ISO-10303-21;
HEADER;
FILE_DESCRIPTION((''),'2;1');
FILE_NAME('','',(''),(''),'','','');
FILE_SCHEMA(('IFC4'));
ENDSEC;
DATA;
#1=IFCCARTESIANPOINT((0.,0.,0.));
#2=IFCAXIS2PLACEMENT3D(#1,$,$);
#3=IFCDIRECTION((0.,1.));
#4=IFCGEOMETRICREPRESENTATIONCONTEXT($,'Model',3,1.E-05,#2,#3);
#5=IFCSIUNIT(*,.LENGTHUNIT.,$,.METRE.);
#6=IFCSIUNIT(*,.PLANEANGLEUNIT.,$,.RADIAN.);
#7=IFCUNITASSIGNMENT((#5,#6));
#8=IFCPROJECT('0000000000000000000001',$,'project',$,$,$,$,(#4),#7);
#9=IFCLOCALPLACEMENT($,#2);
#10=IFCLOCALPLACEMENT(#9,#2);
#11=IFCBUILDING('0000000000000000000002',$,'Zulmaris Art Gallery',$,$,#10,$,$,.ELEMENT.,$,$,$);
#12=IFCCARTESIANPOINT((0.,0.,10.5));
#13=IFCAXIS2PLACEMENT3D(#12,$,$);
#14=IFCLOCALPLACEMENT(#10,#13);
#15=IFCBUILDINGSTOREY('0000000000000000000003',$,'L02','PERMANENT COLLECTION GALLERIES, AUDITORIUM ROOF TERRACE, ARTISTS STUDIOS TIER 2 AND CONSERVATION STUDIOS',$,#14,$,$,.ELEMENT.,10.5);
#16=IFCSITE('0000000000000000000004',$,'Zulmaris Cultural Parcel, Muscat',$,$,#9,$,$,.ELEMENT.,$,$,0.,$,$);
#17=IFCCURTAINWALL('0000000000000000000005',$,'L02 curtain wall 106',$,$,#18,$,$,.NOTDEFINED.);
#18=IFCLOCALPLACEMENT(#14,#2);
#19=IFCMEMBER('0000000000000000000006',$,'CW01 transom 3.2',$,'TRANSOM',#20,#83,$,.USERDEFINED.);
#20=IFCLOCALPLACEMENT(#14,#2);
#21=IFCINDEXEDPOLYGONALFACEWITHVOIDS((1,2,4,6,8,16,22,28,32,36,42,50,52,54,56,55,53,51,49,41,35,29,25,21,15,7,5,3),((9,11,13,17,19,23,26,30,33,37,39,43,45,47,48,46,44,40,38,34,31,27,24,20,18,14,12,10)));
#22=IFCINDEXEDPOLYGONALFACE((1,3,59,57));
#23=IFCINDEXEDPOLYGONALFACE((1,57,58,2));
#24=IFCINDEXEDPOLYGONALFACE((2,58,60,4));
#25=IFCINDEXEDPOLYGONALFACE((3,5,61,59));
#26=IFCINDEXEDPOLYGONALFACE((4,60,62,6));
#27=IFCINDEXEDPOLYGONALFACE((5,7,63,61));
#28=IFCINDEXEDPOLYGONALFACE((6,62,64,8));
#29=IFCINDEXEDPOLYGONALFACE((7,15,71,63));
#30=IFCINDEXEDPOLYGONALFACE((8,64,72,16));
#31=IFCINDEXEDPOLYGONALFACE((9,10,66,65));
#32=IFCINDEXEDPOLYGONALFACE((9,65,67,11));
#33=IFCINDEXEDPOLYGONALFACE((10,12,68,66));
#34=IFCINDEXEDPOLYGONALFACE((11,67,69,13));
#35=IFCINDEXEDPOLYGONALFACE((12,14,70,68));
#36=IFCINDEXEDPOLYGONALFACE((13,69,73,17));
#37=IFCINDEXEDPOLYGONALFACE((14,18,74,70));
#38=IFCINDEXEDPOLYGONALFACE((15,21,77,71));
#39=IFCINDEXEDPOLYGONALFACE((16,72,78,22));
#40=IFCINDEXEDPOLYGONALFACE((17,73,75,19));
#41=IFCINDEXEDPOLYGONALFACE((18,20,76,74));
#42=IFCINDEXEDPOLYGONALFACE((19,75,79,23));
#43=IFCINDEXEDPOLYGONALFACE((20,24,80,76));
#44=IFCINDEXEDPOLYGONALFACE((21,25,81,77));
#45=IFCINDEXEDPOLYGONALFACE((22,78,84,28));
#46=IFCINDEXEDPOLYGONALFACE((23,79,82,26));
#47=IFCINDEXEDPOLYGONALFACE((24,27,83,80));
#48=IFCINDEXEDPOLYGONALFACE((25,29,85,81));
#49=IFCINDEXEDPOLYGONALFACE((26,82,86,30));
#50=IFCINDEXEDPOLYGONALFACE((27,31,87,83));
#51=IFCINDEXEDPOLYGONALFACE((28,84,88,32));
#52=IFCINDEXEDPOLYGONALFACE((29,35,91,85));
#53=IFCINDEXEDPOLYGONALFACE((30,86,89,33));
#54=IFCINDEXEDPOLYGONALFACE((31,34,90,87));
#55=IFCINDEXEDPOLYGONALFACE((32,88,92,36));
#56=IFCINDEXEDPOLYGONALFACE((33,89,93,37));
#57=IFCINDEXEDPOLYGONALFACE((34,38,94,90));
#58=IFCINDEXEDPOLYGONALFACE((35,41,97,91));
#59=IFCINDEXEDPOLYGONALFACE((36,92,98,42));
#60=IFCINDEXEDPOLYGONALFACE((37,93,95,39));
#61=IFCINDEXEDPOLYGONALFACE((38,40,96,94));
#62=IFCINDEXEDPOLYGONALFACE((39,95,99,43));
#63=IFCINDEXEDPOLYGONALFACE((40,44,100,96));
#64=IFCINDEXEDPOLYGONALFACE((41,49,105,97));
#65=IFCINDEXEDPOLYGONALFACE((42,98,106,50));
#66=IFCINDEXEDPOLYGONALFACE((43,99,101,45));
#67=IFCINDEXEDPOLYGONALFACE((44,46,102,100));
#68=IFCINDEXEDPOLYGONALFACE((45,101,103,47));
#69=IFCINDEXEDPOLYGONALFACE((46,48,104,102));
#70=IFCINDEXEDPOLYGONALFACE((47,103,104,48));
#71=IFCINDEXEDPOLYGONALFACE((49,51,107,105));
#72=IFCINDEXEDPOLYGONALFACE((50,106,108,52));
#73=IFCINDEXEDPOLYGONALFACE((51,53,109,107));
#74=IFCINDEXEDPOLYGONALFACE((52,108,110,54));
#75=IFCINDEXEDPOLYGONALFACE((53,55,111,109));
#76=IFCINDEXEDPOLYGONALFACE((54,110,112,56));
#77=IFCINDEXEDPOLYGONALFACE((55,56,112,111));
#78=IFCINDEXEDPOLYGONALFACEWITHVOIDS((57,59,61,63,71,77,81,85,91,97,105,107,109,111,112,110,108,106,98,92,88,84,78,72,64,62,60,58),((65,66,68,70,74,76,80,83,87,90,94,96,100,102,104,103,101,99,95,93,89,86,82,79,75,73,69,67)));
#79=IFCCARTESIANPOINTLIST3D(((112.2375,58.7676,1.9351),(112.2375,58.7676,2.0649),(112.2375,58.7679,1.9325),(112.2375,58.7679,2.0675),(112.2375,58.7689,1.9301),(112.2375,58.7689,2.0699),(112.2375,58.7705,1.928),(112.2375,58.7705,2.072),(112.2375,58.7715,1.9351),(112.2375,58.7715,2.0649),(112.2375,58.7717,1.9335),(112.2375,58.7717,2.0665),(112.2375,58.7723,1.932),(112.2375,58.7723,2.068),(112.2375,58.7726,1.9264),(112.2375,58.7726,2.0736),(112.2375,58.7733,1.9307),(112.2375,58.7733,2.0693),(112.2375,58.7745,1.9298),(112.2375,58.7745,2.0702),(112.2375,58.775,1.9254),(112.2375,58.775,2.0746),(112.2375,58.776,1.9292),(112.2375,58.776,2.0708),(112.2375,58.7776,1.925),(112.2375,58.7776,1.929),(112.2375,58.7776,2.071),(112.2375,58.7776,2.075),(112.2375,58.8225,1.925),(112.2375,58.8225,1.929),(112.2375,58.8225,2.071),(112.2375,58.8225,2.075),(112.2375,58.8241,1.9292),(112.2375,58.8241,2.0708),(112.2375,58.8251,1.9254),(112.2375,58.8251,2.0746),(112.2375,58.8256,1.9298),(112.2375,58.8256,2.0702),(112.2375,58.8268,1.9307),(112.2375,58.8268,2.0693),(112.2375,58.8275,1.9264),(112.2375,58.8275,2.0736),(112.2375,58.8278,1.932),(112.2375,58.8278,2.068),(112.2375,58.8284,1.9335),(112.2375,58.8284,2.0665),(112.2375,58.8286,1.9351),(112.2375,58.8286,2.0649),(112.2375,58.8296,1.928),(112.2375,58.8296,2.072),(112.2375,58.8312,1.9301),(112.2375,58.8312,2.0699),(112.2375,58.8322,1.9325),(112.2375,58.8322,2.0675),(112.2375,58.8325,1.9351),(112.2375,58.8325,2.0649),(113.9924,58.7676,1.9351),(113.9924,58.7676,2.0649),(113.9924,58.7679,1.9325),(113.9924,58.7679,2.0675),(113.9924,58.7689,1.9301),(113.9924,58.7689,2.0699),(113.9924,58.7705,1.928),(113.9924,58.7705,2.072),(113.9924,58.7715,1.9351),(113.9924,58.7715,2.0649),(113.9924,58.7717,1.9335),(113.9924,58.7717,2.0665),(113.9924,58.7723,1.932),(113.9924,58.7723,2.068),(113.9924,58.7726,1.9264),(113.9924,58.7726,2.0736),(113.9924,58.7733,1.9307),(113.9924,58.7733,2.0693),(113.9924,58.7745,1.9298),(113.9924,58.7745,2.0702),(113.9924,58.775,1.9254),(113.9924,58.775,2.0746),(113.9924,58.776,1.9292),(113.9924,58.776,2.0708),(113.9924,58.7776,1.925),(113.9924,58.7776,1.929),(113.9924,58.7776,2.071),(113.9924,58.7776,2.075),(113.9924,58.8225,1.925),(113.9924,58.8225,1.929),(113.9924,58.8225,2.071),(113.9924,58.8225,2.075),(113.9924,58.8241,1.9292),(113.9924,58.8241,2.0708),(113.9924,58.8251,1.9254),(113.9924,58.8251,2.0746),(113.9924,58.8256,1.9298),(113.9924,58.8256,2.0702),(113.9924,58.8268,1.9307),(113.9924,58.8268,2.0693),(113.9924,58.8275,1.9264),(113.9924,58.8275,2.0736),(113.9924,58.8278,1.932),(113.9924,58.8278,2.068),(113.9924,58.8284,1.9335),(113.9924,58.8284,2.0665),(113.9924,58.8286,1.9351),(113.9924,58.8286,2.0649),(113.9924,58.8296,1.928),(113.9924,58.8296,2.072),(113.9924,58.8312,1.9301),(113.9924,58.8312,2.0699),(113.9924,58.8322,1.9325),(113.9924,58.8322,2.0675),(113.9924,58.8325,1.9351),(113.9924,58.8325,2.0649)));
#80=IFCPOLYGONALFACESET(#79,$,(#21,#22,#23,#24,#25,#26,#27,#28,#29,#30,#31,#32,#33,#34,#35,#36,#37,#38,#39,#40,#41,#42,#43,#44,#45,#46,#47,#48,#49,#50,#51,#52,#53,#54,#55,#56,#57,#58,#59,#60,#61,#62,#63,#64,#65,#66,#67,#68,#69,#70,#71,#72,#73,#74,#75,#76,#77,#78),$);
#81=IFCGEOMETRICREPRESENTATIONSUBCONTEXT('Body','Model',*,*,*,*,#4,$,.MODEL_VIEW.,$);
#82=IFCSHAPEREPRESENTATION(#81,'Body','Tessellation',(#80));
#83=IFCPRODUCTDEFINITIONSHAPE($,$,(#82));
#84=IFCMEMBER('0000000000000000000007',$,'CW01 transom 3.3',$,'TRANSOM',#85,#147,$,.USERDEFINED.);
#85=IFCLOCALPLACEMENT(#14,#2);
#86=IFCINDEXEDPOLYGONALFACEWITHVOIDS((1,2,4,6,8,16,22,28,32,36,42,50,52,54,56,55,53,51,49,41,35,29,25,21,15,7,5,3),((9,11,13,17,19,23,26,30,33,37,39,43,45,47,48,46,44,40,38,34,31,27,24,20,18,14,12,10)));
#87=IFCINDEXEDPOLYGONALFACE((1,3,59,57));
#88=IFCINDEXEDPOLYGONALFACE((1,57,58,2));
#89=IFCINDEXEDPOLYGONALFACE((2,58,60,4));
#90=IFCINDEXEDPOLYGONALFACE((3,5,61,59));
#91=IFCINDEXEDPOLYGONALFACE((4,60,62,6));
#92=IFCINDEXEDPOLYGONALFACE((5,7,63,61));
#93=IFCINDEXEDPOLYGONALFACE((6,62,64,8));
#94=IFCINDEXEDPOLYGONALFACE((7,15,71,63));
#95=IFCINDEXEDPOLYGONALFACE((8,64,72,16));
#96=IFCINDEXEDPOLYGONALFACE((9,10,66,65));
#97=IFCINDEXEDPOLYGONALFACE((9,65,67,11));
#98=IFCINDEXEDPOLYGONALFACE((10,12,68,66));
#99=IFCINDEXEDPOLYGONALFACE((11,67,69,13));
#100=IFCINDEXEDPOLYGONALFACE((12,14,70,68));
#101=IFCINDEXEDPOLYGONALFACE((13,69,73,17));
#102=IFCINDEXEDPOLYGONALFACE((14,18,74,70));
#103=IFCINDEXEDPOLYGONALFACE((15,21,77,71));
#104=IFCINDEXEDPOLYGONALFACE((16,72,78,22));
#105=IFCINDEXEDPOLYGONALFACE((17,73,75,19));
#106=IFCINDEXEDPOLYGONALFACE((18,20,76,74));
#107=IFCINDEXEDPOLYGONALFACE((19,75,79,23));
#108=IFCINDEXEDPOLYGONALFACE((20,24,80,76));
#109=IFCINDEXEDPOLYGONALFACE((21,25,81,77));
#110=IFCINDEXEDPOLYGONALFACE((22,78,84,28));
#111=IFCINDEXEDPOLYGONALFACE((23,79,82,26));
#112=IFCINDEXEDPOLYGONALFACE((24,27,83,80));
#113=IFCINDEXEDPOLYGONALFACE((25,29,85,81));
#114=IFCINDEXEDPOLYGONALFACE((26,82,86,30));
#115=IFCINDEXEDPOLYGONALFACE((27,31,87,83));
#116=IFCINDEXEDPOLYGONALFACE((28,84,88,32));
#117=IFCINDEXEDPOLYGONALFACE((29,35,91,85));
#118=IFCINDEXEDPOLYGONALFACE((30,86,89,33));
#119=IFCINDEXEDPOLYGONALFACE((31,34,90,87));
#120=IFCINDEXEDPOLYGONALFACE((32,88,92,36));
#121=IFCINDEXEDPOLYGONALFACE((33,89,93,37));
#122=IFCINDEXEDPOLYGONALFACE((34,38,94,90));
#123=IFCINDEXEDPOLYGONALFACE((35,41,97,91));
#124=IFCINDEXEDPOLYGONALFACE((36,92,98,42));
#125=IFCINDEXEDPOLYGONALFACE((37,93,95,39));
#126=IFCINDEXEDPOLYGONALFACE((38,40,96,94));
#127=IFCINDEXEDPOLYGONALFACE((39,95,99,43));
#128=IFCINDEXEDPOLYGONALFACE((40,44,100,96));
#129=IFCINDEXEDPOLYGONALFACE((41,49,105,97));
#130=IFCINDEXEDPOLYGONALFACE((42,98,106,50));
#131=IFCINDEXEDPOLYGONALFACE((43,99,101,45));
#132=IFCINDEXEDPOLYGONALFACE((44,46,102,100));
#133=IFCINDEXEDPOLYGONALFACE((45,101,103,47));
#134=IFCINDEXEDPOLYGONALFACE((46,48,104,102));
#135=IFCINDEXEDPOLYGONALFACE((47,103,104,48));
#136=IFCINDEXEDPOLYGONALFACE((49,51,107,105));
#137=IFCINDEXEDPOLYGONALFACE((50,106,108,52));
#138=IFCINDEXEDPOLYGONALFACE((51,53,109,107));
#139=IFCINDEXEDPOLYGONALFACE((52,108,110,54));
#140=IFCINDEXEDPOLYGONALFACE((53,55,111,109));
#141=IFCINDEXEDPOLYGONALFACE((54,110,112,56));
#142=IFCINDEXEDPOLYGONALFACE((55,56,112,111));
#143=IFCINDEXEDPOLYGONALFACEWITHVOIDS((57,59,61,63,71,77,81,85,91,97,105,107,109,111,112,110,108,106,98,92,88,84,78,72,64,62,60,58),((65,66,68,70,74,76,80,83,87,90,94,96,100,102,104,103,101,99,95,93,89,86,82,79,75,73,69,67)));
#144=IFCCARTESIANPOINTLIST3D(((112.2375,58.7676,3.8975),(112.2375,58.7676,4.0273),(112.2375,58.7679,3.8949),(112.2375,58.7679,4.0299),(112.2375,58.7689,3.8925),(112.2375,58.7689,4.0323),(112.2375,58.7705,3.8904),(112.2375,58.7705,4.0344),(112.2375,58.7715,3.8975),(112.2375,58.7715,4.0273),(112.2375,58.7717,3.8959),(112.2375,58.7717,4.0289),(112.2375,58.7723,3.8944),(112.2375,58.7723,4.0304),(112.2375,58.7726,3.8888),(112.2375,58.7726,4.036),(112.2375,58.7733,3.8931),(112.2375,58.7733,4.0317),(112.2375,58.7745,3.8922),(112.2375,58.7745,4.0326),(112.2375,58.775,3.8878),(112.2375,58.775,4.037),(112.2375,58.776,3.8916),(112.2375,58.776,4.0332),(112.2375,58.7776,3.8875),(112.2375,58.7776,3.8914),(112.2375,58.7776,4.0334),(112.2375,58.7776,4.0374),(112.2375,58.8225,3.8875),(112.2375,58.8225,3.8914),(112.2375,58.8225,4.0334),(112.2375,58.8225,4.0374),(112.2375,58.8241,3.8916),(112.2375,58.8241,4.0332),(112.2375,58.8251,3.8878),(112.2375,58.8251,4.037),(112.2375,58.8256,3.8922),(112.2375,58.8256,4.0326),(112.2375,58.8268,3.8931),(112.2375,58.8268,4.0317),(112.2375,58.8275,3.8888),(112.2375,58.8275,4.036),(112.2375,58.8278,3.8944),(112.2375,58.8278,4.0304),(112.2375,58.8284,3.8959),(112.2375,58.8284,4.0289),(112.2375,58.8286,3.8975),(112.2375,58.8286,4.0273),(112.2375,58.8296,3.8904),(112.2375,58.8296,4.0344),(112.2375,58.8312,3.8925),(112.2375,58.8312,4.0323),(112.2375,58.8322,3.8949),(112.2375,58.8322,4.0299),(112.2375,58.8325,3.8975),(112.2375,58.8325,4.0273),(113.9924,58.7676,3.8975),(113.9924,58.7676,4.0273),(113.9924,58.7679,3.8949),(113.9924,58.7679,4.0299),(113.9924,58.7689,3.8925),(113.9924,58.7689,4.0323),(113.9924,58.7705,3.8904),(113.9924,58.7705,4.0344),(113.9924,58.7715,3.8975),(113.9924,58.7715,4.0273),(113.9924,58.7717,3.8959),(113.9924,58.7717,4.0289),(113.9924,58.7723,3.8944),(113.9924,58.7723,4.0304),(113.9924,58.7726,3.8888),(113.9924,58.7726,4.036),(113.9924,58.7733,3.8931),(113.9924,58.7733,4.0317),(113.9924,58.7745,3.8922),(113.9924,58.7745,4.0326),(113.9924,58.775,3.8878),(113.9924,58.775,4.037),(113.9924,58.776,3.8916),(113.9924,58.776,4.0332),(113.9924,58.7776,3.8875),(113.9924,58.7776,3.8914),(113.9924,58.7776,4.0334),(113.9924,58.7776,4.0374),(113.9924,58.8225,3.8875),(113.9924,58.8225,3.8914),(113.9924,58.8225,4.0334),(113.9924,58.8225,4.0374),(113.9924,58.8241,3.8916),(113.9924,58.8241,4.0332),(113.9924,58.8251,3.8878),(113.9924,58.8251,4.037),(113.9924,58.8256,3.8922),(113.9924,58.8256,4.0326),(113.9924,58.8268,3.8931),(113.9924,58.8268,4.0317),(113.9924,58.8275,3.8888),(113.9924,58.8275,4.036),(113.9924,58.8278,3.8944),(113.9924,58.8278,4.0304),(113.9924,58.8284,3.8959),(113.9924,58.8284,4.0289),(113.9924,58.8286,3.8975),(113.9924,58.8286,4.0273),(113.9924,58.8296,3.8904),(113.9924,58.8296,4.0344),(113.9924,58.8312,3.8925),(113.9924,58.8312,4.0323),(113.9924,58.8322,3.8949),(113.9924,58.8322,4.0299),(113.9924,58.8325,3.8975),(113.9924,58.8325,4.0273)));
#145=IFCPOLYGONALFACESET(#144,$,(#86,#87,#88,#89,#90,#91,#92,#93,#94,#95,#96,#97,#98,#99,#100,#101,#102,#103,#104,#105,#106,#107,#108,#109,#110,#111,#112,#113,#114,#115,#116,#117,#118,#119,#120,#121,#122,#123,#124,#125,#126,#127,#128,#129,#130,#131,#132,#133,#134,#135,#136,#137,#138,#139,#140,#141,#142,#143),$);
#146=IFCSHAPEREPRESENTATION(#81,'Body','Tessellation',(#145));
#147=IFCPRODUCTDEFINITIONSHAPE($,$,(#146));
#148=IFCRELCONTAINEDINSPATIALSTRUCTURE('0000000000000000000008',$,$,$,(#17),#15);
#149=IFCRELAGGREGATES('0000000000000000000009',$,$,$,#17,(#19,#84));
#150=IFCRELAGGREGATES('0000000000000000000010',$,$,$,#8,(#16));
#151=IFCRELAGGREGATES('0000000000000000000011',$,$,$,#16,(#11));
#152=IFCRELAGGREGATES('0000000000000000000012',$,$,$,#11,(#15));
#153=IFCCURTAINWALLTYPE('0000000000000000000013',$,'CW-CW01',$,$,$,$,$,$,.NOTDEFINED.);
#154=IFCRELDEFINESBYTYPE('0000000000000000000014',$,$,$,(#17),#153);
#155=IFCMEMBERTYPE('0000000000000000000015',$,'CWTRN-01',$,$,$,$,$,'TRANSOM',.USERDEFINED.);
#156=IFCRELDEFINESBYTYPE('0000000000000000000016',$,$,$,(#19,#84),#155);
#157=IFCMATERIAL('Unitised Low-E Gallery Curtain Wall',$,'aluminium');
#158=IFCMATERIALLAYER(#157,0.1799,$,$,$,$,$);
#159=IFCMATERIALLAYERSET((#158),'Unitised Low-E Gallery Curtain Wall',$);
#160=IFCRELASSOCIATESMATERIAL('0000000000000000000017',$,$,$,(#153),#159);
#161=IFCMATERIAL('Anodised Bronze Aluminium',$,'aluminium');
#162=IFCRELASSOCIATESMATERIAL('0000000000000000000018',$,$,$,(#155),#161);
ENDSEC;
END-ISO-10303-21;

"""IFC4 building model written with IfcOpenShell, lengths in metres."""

from ifc_helpers import new_model, si_unit, direction, frame, origin, origin_2d, place, context, subcontext, project, spatial, hollow_rectangle, extrude, material, layer, layer_set, material_profile, profile_set, type_object, element, aggregate, save


model = new_model("IFC4")

# Units and contexts
model_context = context("Model", 3, precision=1e-05, world=origin(), true_north=direction((0.0, 1.0)))
body_context = subcontext(model_context, "Body", "Model", "MODEL_VIEW")
ifc_project = project(units=[si_unit("LENGTHUNIT", "METRE"), si_unit("PLANEANGLEUNIT", "RADIAN")], contexts=[model_context])

# Site, building, storey
site_placement = place(None, origin())
site = spatial("IfcSite", under=ifc_project, at=site_placement, Name="Zulmaris Cultural Parcel, Muscat", CompositionType="ELEMENT", RefElevation=0.0)
building_placement = place(site_placement, origin())
building = spatial("IfcBuilding", under=site, at=building_placement, Name="Zulmaris Art Gallery", CompositionType="ELEMENT")
storey_placement = place(building_placement, frame((0.0, 0.0, 10.5)))
storey = spatial("IfcBuildingStorey", under=building, at=storey_placement, Name="L02", Description="PERMANENT COLLECTION GALLERIES, AUDITORIUM ROOF TERRACE, ARTISTS STUDIOS TIER 2 AND CONSERVATION STUDIOS", CompositionType="ELEMENT", Elevation=10.5)

# Curtain wall, members
ifc_material_1 = material(Name="Unitised Low-E Gallery Curtain Wall", Category="aluminium")
ifc_layer_1 = layer(ifc_material_1, 0.1799)
ifc_layer_set_1 = layer_set([ifc_layer_1], Name="Unitised Low-E Gallery Curtain Wall")
curtain_wall_type = type_object("IfcCurtainWallType", Name="CW-CW01", PredefinedType="NOTDEFINED", material=ifc_layer_set_1)
curtain_wall_placement = place(storey_placement, origin())
curtain_wall = element("IfcCurtainWall", 1, at=curtain_wall_placement, inside=storey, type_object=curtain_wall_type, Name="L02 curtain wall 106", PredefinedType="NOTDEFINED")
ifc_material_2 = material(Name="Anodised Bronze Aluminium", Category="aluminium")
ifc_material_profile_1 = material_profile(ifc_material_2, hollow_rectangle(XDim=0.0649, YDim=0.1499, WallThickness=0.0039, InnerFilletRadius=0.0061, OuterFilletRadius=0.01, at=origin_2d()), Name="ALU 65x150x4")
ifc_profile_set_1 = profile_set([ifc_material_profile_1], Name="Anodised Bronze Aluminium")
member_type_1 = type_object("IfcMemberType", Name="CWTRN-01", ElementType="TRANSOM", PredefinedType="USERDEFINED", material=ifc_profile_set_1)
member_1_placement = place(storey_placement, frame((112.2375, 58.8, 2.0), z_axis=(1.0, 0.0, 0.0), x_axis=(0.0, 1.0, 0.0)))
member_1 = element("IfcMember", 2, at=member_1_placement, type_object=member_type_1, Name="CW01 transom 3.2", ObjectType="TRANSOM", PredefinedType="USERDEFINED", context=body_context, shape_type="SweptSolid", body=[
    extrude(hollow_rectangle(XDim=0.0649, YDim=0.1499, WallThickness=0.0039, InnerFilletRadius=0.0061, OuterFilletRadius=0.01, at=origin_2d()), origin(), (0.0, 0.0, 1.0), 1.7549),
])
member_2_placement = place(storey_placement, frame((112.2375, 58.8, 3.9624), z_axis=(1.0, 0.0, 0.0), x_axis=(0.0, 1.0, 0.0)))
member_2 = element("IfcMember", 3, at=member_2_placement, type_object=member_type_1, Name="CW01 transom 3.3", ObjectType="TRANSOM", PredefinedType="USERDEFINED", context=body_context, shape_type="SweptSolid", body=[
    extrude(hollow_rectangle(XDim=0.0649, YDim=0.1499, WallThickness=0.0039, InnerFilletRadius=0.0061, OuterFilletRadius=0.01, at=origin_2d()), origin(), (0.0, 0.0, 1.0), 1.7549),
])
aggregate(curtain_wall, [member_1, member_2])

save(model, "model.ifc")
